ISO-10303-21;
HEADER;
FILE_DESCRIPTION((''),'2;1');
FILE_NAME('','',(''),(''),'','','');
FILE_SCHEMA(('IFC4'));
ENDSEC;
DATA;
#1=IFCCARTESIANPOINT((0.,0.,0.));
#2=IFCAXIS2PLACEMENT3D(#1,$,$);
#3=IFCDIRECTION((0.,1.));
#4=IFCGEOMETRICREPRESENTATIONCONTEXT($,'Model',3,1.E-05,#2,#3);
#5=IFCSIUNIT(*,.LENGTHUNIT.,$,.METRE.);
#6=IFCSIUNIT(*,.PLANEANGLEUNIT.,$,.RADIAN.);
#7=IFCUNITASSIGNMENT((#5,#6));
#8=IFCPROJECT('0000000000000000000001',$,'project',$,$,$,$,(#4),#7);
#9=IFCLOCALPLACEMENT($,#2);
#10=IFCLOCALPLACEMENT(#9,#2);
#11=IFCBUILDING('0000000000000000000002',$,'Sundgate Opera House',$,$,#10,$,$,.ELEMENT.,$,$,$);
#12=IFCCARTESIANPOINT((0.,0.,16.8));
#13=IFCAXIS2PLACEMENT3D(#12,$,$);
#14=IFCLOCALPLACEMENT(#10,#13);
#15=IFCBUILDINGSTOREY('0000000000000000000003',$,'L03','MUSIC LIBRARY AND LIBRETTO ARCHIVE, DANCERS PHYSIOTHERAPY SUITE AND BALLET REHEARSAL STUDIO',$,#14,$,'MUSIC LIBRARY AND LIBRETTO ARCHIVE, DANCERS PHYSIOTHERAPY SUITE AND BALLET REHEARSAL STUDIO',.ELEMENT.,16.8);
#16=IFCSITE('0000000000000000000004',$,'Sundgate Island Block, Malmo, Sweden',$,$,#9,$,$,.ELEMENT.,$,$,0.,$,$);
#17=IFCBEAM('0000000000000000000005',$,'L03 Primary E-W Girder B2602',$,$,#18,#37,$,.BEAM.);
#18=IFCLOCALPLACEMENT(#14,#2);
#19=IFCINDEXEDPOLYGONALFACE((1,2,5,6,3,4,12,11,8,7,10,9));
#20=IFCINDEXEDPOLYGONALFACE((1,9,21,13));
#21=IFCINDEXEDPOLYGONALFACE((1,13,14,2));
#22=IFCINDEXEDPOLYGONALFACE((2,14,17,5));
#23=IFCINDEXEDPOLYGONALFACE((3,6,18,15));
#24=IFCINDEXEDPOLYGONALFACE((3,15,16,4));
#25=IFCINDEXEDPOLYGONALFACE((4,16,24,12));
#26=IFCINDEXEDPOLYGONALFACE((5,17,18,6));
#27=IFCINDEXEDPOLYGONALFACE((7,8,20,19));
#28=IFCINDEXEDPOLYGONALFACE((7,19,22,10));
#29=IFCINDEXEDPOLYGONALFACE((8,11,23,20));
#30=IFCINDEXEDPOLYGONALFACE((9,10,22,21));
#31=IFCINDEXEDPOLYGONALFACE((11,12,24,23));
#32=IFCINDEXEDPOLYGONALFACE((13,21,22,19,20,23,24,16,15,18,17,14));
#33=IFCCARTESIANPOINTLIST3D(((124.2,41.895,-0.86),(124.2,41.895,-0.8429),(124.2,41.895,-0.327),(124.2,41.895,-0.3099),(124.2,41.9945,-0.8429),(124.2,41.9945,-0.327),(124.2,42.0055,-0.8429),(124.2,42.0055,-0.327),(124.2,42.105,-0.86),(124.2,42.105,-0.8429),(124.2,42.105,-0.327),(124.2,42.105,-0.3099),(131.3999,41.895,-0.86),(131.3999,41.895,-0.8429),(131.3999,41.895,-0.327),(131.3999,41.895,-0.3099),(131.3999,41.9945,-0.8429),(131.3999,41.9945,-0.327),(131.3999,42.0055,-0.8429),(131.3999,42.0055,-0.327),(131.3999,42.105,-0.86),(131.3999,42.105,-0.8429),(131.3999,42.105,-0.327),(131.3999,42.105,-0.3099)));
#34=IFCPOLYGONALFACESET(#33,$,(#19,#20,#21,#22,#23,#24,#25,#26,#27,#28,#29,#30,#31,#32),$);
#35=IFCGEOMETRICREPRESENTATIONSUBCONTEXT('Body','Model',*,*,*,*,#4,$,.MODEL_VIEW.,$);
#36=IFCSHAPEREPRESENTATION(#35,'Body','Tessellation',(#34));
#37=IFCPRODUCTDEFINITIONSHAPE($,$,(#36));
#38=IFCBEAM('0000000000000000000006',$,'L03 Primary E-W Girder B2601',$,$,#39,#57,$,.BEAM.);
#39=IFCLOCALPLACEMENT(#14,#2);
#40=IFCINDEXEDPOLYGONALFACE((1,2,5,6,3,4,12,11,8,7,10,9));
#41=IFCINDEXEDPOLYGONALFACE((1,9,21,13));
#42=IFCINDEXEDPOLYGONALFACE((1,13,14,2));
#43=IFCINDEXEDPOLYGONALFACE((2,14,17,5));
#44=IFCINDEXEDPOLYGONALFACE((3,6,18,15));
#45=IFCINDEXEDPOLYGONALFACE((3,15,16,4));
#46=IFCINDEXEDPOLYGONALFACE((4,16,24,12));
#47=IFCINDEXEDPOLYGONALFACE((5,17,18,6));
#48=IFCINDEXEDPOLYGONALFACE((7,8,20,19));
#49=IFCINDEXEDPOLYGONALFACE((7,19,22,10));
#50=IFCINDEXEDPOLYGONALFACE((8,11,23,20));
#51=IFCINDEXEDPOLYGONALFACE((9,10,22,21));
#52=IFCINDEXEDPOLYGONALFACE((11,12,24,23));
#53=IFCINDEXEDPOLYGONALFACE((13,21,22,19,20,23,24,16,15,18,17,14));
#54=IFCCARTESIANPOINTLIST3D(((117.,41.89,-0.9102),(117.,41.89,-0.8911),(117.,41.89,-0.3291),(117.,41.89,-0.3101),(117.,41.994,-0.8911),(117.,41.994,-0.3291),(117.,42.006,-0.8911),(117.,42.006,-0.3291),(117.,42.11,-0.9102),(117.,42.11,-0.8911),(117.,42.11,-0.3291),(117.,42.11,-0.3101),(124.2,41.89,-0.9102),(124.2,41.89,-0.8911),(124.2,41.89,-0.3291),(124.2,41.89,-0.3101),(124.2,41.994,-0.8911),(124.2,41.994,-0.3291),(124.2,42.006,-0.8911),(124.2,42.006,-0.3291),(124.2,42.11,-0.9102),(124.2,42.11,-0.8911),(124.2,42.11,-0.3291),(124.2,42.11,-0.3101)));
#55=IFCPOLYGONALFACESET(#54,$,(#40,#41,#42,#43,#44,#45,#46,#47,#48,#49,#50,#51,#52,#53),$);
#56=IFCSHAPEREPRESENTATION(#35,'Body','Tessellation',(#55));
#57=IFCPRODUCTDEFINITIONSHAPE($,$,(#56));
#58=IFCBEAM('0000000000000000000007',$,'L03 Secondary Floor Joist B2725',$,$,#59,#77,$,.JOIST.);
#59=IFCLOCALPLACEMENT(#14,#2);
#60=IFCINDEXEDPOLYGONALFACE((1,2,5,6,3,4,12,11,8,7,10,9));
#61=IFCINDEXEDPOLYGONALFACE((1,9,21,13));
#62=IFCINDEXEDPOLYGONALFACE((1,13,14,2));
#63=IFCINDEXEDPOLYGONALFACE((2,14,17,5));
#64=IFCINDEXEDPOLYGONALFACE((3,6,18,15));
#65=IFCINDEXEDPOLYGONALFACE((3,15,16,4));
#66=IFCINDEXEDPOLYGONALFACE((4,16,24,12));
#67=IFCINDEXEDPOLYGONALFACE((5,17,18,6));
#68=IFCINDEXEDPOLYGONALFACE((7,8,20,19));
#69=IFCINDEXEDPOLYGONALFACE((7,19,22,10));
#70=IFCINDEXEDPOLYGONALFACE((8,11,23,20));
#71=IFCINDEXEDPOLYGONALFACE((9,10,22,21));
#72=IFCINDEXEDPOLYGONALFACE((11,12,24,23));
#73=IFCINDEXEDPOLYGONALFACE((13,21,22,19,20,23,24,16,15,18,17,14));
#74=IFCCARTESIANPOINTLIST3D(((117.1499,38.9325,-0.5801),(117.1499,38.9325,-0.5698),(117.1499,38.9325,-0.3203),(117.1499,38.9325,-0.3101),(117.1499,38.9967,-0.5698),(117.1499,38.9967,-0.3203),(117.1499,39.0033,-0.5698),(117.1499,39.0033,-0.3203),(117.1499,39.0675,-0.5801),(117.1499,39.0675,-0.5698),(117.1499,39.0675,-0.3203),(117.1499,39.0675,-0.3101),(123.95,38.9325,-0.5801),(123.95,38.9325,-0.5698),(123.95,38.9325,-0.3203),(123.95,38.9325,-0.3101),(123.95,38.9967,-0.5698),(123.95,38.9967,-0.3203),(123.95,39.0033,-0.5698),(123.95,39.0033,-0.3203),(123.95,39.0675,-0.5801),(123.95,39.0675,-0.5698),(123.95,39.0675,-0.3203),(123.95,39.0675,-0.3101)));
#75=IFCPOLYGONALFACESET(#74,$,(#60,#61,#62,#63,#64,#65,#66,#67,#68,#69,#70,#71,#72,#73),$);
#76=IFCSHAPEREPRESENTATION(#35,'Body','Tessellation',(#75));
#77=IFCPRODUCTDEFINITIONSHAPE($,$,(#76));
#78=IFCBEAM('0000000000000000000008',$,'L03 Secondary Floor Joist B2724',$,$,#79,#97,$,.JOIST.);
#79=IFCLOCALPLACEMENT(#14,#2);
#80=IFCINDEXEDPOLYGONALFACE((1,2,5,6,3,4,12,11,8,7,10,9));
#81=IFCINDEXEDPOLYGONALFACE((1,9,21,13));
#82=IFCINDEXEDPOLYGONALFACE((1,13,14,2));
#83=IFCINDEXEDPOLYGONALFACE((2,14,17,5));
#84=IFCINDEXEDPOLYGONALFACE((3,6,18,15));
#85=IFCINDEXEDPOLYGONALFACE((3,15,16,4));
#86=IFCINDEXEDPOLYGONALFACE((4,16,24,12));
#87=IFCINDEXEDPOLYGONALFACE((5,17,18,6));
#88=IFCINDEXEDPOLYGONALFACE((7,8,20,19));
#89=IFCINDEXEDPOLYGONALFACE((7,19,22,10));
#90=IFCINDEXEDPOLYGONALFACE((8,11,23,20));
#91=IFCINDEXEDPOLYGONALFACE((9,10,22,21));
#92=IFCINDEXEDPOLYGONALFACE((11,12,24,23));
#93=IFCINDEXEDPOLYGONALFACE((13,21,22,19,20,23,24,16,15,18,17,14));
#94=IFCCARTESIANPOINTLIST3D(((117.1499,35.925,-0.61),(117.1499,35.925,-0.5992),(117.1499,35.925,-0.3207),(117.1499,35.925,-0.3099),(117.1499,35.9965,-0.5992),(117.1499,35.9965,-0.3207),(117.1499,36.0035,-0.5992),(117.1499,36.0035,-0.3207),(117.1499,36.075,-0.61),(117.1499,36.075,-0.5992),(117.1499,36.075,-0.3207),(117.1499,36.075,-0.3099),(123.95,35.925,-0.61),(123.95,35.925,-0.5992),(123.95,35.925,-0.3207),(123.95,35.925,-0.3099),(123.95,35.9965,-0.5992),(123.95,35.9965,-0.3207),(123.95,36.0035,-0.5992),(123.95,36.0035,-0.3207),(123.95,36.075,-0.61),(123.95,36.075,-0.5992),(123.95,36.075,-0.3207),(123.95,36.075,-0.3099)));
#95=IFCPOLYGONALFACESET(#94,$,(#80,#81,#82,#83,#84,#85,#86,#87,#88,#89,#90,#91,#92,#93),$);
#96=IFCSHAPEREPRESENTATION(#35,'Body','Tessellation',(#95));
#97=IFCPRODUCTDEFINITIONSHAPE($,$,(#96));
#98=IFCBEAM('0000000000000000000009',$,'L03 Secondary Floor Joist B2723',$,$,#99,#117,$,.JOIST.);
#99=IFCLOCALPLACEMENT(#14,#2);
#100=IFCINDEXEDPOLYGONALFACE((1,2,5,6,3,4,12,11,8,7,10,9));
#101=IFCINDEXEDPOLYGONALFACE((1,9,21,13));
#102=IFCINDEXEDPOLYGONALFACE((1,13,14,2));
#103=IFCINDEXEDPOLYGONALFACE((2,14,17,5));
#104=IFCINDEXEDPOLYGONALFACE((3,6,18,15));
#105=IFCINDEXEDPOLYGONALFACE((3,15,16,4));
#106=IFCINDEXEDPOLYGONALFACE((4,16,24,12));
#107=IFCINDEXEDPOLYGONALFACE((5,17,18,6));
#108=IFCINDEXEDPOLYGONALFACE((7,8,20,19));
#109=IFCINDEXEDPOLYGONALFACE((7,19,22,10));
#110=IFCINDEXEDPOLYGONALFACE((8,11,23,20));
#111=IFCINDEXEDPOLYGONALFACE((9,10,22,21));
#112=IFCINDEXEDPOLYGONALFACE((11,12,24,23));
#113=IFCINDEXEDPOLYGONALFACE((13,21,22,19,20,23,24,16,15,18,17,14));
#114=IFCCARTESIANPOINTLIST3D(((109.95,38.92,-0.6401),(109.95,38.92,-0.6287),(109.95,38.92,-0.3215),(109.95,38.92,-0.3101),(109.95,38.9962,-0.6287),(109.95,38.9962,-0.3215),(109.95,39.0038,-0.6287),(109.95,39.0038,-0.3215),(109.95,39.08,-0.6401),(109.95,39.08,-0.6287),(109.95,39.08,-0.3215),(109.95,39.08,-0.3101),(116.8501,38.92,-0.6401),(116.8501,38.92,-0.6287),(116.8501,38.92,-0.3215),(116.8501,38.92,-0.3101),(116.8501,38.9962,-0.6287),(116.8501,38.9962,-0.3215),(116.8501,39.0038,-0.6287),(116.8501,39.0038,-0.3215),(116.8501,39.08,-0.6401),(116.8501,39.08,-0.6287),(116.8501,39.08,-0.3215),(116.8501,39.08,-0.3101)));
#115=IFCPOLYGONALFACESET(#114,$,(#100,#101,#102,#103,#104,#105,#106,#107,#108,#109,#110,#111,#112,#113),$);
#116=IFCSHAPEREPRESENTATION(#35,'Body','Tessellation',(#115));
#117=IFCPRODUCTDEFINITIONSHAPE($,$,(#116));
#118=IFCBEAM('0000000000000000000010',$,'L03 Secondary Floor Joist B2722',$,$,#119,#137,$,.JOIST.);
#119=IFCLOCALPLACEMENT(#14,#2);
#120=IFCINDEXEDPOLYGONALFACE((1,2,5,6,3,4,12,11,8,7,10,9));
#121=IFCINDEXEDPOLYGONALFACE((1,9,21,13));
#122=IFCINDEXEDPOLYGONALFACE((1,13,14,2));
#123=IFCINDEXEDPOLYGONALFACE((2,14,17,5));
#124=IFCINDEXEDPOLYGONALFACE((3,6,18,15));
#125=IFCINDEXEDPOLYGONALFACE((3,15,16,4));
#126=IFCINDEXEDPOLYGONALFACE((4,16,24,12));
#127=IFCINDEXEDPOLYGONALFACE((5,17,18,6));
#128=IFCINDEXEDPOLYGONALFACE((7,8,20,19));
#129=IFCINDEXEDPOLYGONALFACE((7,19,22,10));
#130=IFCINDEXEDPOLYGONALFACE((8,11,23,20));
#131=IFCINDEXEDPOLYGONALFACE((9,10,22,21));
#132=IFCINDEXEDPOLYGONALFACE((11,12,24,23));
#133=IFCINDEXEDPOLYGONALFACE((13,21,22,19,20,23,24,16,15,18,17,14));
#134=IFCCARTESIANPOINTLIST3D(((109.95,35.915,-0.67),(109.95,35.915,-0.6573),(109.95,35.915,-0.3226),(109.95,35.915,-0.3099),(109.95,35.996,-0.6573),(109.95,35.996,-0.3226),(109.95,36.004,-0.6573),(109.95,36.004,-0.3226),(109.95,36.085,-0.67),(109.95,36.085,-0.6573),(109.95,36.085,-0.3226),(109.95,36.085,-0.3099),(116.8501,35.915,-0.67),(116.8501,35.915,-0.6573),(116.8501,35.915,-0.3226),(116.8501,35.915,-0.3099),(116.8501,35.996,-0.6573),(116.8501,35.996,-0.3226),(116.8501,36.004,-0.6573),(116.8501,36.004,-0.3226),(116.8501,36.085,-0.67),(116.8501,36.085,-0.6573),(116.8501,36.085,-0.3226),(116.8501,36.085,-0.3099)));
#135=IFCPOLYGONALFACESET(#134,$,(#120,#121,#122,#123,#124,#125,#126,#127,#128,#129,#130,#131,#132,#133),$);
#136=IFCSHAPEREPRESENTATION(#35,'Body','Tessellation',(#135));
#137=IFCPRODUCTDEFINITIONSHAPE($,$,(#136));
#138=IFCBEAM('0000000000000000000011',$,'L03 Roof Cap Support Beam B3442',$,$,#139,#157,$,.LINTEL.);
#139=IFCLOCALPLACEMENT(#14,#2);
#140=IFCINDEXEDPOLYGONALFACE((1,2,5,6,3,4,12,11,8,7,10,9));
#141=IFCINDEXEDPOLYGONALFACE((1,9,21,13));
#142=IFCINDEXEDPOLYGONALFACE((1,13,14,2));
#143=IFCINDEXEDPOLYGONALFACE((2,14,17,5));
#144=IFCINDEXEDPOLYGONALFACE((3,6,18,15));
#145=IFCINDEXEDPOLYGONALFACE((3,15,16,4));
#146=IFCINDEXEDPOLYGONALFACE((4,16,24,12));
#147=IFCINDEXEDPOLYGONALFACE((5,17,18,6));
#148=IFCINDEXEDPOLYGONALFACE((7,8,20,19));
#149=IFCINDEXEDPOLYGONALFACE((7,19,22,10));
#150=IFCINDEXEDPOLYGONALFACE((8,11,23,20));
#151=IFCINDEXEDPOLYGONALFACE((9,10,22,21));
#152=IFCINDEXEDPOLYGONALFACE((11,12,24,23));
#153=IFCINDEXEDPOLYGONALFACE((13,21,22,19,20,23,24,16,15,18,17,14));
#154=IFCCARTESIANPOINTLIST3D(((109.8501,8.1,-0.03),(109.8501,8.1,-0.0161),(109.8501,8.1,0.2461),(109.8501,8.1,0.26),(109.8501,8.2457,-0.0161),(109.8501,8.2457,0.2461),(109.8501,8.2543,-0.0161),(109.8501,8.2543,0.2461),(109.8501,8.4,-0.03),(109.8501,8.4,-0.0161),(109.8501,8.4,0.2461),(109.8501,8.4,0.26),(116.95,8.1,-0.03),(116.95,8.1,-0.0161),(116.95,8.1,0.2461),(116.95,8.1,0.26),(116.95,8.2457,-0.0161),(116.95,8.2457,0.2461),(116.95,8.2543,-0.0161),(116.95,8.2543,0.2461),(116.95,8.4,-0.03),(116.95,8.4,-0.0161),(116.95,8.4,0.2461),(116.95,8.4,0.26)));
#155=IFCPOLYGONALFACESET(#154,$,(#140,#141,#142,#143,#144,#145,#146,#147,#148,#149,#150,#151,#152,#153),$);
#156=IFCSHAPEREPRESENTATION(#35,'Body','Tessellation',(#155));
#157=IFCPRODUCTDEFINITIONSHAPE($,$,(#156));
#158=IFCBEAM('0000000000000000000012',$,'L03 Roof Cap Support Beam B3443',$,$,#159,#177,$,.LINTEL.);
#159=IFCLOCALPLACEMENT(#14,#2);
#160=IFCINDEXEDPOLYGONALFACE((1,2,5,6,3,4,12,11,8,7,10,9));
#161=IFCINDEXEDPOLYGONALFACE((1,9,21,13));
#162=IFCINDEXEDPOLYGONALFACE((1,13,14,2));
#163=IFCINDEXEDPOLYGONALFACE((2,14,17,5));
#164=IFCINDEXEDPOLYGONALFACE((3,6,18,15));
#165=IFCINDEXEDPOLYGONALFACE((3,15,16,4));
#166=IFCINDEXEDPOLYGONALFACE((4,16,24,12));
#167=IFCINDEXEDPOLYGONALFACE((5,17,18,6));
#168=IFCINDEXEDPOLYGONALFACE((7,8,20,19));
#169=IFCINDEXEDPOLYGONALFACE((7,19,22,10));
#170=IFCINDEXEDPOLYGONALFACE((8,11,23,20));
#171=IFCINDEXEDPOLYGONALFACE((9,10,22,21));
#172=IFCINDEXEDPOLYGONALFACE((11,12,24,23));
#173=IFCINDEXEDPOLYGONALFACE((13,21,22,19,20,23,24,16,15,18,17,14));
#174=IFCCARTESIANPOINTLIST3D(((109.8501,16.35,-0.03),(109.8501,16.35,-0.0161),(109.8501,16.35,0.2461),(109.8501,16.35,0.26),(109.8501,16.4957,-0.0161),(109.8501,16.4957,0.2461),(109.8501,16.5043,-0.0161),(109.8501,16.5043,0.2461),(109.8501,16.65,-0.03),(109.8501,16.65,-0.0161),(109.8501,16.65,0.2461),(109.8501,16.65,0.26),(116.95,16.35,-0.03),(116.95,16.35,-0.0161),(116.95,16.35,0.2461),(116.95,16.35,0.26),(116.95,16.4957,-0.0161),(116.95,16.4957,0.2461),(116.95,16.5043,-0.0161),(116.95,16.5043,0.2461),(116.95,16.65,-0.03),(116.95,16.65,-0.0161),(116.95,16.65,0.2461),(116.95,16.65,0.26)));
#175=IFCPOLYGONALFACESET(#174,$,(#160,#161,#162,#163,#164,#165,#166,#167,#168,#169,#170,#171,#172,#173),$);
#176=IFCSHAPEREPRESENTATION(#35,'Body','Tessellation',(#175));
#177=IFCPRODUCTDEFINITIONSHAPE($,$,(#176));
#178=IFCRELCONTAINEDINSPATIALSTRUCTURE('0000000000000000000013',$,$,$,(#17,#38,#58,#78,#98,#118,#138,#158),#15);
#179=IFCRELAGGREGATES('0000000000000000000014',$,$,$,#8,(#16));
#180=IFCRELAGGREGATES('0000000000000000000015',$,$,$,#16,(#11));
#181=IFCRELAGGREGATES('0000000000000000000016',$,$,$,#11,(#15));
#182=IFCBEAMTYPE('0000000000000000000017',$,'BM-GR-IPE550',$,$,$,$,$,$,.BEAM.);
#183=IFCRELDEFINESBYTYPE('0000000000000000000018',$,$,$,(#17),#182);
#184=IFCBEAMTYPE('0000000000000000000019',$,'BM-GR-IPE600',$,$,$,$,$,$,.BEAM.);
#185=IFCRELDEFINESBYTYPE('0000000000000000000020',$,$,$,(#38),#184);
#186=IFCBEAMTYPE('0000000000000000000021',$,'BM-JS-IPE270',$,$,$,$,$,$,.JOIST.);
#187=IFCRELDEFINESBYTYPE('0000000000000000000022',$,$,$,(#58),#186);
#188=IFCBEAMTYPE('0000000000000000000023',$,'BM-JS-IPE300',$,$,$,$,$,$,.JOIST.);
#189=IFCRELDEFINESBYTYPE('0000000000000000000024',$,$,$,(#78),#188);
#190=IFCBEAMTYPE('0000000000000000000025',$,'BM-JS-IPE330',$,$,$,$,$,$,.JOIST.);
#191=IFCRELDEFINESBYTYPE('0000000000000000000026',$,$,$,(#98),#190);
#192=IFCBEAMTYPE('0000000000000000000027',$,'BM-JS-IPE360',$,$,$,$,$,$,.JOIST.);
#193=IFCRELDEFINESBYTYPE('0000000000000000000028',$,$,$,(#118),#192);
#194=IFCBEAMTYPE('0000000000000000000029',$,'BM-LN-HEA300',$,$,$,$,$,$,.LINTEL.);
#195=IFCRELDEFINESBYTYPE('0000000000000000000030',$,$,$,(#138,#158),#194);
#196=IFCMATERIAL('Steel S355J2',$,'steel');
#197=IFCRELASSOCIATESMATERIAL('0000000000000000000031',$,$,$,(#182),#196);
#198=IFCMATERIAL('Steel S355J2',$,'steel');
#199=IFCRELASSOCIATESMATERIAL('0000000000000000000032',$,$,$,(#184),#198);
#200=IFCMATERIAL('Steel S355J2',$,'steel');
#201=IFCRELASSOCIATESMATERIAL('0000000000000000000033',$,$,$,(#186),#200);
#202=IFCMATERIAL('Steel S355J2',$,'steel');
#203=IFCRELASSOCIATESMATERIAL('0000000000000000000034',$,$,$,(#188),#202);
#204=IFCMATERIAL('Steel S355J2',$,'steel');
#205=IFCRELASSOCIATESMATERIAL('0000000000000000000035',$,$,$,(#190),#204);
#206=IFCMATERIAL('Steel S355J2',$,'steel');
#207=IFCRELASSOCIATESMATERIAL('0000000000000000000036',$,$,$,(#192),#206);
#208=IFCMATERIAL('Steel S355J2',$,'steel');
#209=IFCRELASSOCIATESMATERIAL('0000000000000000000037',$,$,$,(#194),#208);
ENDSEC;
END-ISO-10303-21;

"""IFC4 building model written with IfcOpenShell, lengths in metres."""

from ifc_helpers import new_model, si_unit, direction, frame, origin, origin_2d, place, context, subcontext, project, spatial, i_section, extrude, material, material_profile, profile_set, type_object, element, save


model = new_model("IFC4")

# Units and contexts
model_context = context("Model", 3, precision=1e-05, world=origin(), true_north=direction((0.0, 1.0)))
body_context = subcontext(model_context, "Body", "Model", "MODEL_VIEW")
ifc_project = project(units=[si_unit("LENGTHUNIT", "METRE"), si_unit("PLANEANGLEUNIT", "RADIAN")], contexts=[model_context])

# Site, building, storey
site_placement = place(None, origin())
site = spatial("IfcSite", under=ifc_project, at=site_placement, Name="Sundgate Island Block, Malmo, Sweden", CompositionType="ELEMENT", RefElevation=0.0)
building_placement = place(site_placement, origin())
building = spatial("IfcBuilding", under=site, at=building_placement, Name="Sundgate Opera House", CompositionType="ELEMENT")
storey_placement = place(building_placement, frame((0.0, 0.0, 16.8)))
storey = spatial("IfcBuildingStorey", under=building, at=storey_placement, Name="L03", Description="MUSIC LIBRARY AND LIBRETTO ARCHIVE, DANCERS PHYSIOTHERAPY SUITE AND BALLET REHEARSAL STUDIO", LongName="MUSIC LIBRARY AND LIBRETTO ARCHIVE, DANCERS PHYSIOTHERAPY SUITE AND BALLET REHEARSAL STUDIO", CompositionType="ELEMENT", Elevation=16.8)

# Beams
ifc_material_1 = material(Name="Steel S355J2", Category="steel")
ifc_material_profile_1 = material_profile(ifc_material_1, i_section(OverallWidth=0.21, OverallDepth=0.55, WebThickness=0.011, FlangeThickness=0.0171, at=origin_2d()), Name="IPE 550")
ifc_profile_set_1 = profile_set([ifc_material_profile_1], Name="Steel S355J2")
beam_type_1 = type_object("IfcBeamType", Name="BM-GR-IPE550", PredefinedType="BEAM", material=ifc_profile_set_1)
beam_1_placement = place(storey_placement, frame((124.2, 42.0, -0.585), z_axis=(1.0, 0.0, 0.0), x_axis=(0.0, 1.0, 0.0)))
element("IfcBeam", 1, at=beam_1_placement, inside=storey, type_object=beam_type_1, Name="L03 Primary E-W Girder B2602", PredefinedType="BEAM", context=body_context, shape_type="SweptSolid", body=[
    extrude(i_section(OverallWidth=0.21, OverallDepth=0.55, WebThickness=0.011, FlangeThickness=0.0171, at=origin_2d()), origin(), (0.0, 0.0, 1.0), 7.2),
])
ifc_material_2 = material(Name="Steel S355J2", Category="steel")
ifc_material_profile_2 = material_profile(ifc_material_2, i_section(OverallWidth=0.22, OverallDepth=0.6001, WebThickness=0.012, FlangeThickness=0.019, at=origin_2d()), Name="IPE 600")
ifc_profile_set_2 = profile_set([ifc_material_profile_2], Name="Steel S355J2")
beam_type_2 = type_object("IfcBeamType", Name="BM-GR-IPE600", PredefinedType="BEAM", material=ifc_profile_set_2)
beam_2_placement = place(storey_placement, frame((117.0, 42.0, -0.6101), z_axis=(1.0, 0.0, 0.0), x_axis=(0.0, 1.0, 0.0)))
element("IfcBeam", 2, at=beam_2_placement, inside=storey, type_object=beam_type_2, Name="L03 Primary E-W Girder B2601", PredefinedType="BEAM", context=body_context, shape_type="SweptSolid", body=[
    extrude(i_section(OverallWidth=0.22, OverallDepth=0.6001, WebThickness=0.012, FlangeThickness=0.019, at=origin_2d()), origin(), (0.0, 0.0, 1.0), 7.2),
])
ifc_material_3 = material(Name="Steel S355J2", Category="steel")
ifc_material_profile_3 = material_profile(ifc_material_3, i_section(OverallWidth=0.135, OverallDepth=0.27, WebThickness=0.0066, FlangeThickness=0.0103, at=origin_2d()), Name="IPE 270")
ifc_profile_set_3 = profile_set([ifc_material_profile_3], Name="Steel S355J2")
beam_type_3 = type_object("IfcBeamType", Name="BM-JS-IPE270", PredefinedType="JOIST", material=ifc_profile_set_3)
beam_3_placement = place(storey_placement, frame((117.1499, 39.0, -0.4451), z_axis=(1.0, 0.0, 0.0), x_axis=(0.0, 1.0, 0.0)))
element("IfcBeam", 3, at=beam_3_placement, inside=storey, type_object=beam_type_3, Name="L03 Secondary Floor Joist B2725", PredefinedType="JOIST", context=body_context, shape_type="SweptSolid", body=[
    extrude(i_section(OverallWidth=0.135, OverallDepth=0.27, WebThickness=0.0066, FlangeThickness=0.0103, at=origin_2d()), origin(), (0.0, 0.0, 1.0), 6.8),
])
ifc_material_4 = material(Name="Steel S355J2", Category="steel")
ifc_material_profile_4 = material_profile(ifc_material_4, i_section(OverallWidth=0.1499, OverallDepth=0.3, WebThickness=0.0071, FlangeThickness=0.0107, at=origin_2d()), Name="IPE 300")
ifc_profile_set_4 = profile_set([ifc_material_profile_4], Name="Steel S355J2")
beam_type_4 = type_object("IfcBeamType", Name="BM-JS-IPE300", PredefinedType="JOIST", material=ifc_profile_set_4)
beam_4_placement = place(storey_placement, frame((117.1499, 36.0, -0.46), z_axis=(1.0, 0.0, 0.0), x_axis=(0.0, 1.0, 0.0)))
element("IfcBeam", 4, at=beam_4_placement, inside=storey, type_object=beam_type_4, Name="L03 Secondary Floor Joist B2724", PredefinedType="JOIST", context=body_context, shape_type="SweptSolid", body=[
    extrude(i_section(OverallWidth=0.1499, OverallDepth=0.3, WebThickness=0.0071, FlangeThickness=0.0107, at=origin_2d()), origin(), (0.0, 0.0, 1.0), 6.8),
])
ifc_material_5 = material(Name="Steel S355J2", Category="steel")
ifc_material_profile_5 = material_profile(ifc_material_5, i_section(OverallWidth=0.1599, OverallDepth=0.3301, WebThickness=0.0076, FlangeThickness=0.0115, at=origin_2d()), Name="IPE 330")
ifc_profile_set_5 = profile_set([ifc_material_profile_5], Name="Steel S355J2")
beam_type_5 = type_object("IfcBeamType", Name="BM-JS-IPE330", PredefinedType="JOIST", material=ifc_profile_set_5)
beam_5_placement = place(storey_placement, frame((109.95, 39.0, -0.4751), z_axis=(1.0, 0.0, 0.0), x_axis=(0.0, 1.0, 0.0)))
element("IfcBeam", 5, at=beam_5_placement, inside=storey, type_object=beam_type_5, Name="L03 Secondary Floor Joist B2723", PredefinedType="JOIST", context=body_context, shape_type="SweptSolid", body=[
    extrude(i_section(OverallWidth=0.1599, OverallDepth=0.3301, WebThickness=0.0076, FlangeThickness=0.0115, at=origin_2d()), origin(), (0.0, 0.0, 1.0), 6.9001),
])
ifc_material_6 = material(Name="Steel S355J2", Category="steel")
ifc_material_profile_6 = material_profile(ifc_material_6, i_section(OverallWidth=0.1699, OverallDepth=0.3601, WebThickness=0.0081, FlangeThickness=0.0127, at=origin_2d()), Name="IPE 360")
ifc_profile_set_6 = profile_set([ifc_material_profile_6], Name="Steel S355J2")
beam_type_6 = type_object("IfcBeamType", Name="BM-JS-IPE360", PredefinedType="JOIST", material=ifc_profile_set_6)
beam_6_placement = place(storey_placement, frame((109.95, 36.0, -0.49), z_axis=(1.0, 0.0, 0.0), x_axis=(0.0, 1.0, 0.0)))
element("IfcBeam", 6, at=beam_6_placement, inside=storey, type_object=beam_type_6, Name="L03 Secondary Floor Joist B2722", PredefinedType="JOIST", context=body_context, shape_type="SweptSolid", body=[
    extrude(i_section(OverallWidth=0.1699, OverallDepth=0.3601, WebThickness=0.0081, FlangeThickness=0.0127, at=origin_2d()), origin(), (0.0, 0.0, 1.0), 6.9001),
])
ifc_material_7 = material(Name="Steel S355J2", Category="steel")
ifc_material_profile_7 = material_profile(ifc_material_7, i_section(OverallWidth=0.3, OverallDepth=0.29, WebThickness=0.0085, FlangeThickness=0.0139, at=origin_2d()), Name="HEA 300")
ifc_profile_set_7 = profile_set([ifc_material_profile_7], Name="Steel S355J2")
beam_type_7 = type_object("IfcBeamType", Name="BM-LN-HEA300", PredefinedType="LINTEL", material=ifc_profile_set_7)
for number, where, z_axis, x_axis, name in (
    (7, (109.8501, 8.25, 0.115), (1.0, 0.0, 0.0), (0.0, 1.0, 0.0), "L03 Roof Cap Support Beam B3442"),
    (8, (109.8501, 16.5, 0.115), (1.0, 0.0, 0.0), (0.0, 1.0, 0.0), "L03 Roof Cap Support Beam B3443"),
):
    element("IfcBeam", number, at=place(storey_placement, frame(where, z_axis=z_axis, x_axis=x_axis)), inside=storey, type_object=beam_type_7, Name=name, PredefinedType="LINTEL", context=body_context, shape_type="SweptSolid", body=[
        extrude(i_section(OverallWidth=0.3, OverallDepth=0.29, WebThickness=0.0085, FlangeThickness=0.0139, at=origin_2d()), origin(), (0.0, 0.0, 1.0), 7.0999),
    ])

save(model, "model.ifc")
